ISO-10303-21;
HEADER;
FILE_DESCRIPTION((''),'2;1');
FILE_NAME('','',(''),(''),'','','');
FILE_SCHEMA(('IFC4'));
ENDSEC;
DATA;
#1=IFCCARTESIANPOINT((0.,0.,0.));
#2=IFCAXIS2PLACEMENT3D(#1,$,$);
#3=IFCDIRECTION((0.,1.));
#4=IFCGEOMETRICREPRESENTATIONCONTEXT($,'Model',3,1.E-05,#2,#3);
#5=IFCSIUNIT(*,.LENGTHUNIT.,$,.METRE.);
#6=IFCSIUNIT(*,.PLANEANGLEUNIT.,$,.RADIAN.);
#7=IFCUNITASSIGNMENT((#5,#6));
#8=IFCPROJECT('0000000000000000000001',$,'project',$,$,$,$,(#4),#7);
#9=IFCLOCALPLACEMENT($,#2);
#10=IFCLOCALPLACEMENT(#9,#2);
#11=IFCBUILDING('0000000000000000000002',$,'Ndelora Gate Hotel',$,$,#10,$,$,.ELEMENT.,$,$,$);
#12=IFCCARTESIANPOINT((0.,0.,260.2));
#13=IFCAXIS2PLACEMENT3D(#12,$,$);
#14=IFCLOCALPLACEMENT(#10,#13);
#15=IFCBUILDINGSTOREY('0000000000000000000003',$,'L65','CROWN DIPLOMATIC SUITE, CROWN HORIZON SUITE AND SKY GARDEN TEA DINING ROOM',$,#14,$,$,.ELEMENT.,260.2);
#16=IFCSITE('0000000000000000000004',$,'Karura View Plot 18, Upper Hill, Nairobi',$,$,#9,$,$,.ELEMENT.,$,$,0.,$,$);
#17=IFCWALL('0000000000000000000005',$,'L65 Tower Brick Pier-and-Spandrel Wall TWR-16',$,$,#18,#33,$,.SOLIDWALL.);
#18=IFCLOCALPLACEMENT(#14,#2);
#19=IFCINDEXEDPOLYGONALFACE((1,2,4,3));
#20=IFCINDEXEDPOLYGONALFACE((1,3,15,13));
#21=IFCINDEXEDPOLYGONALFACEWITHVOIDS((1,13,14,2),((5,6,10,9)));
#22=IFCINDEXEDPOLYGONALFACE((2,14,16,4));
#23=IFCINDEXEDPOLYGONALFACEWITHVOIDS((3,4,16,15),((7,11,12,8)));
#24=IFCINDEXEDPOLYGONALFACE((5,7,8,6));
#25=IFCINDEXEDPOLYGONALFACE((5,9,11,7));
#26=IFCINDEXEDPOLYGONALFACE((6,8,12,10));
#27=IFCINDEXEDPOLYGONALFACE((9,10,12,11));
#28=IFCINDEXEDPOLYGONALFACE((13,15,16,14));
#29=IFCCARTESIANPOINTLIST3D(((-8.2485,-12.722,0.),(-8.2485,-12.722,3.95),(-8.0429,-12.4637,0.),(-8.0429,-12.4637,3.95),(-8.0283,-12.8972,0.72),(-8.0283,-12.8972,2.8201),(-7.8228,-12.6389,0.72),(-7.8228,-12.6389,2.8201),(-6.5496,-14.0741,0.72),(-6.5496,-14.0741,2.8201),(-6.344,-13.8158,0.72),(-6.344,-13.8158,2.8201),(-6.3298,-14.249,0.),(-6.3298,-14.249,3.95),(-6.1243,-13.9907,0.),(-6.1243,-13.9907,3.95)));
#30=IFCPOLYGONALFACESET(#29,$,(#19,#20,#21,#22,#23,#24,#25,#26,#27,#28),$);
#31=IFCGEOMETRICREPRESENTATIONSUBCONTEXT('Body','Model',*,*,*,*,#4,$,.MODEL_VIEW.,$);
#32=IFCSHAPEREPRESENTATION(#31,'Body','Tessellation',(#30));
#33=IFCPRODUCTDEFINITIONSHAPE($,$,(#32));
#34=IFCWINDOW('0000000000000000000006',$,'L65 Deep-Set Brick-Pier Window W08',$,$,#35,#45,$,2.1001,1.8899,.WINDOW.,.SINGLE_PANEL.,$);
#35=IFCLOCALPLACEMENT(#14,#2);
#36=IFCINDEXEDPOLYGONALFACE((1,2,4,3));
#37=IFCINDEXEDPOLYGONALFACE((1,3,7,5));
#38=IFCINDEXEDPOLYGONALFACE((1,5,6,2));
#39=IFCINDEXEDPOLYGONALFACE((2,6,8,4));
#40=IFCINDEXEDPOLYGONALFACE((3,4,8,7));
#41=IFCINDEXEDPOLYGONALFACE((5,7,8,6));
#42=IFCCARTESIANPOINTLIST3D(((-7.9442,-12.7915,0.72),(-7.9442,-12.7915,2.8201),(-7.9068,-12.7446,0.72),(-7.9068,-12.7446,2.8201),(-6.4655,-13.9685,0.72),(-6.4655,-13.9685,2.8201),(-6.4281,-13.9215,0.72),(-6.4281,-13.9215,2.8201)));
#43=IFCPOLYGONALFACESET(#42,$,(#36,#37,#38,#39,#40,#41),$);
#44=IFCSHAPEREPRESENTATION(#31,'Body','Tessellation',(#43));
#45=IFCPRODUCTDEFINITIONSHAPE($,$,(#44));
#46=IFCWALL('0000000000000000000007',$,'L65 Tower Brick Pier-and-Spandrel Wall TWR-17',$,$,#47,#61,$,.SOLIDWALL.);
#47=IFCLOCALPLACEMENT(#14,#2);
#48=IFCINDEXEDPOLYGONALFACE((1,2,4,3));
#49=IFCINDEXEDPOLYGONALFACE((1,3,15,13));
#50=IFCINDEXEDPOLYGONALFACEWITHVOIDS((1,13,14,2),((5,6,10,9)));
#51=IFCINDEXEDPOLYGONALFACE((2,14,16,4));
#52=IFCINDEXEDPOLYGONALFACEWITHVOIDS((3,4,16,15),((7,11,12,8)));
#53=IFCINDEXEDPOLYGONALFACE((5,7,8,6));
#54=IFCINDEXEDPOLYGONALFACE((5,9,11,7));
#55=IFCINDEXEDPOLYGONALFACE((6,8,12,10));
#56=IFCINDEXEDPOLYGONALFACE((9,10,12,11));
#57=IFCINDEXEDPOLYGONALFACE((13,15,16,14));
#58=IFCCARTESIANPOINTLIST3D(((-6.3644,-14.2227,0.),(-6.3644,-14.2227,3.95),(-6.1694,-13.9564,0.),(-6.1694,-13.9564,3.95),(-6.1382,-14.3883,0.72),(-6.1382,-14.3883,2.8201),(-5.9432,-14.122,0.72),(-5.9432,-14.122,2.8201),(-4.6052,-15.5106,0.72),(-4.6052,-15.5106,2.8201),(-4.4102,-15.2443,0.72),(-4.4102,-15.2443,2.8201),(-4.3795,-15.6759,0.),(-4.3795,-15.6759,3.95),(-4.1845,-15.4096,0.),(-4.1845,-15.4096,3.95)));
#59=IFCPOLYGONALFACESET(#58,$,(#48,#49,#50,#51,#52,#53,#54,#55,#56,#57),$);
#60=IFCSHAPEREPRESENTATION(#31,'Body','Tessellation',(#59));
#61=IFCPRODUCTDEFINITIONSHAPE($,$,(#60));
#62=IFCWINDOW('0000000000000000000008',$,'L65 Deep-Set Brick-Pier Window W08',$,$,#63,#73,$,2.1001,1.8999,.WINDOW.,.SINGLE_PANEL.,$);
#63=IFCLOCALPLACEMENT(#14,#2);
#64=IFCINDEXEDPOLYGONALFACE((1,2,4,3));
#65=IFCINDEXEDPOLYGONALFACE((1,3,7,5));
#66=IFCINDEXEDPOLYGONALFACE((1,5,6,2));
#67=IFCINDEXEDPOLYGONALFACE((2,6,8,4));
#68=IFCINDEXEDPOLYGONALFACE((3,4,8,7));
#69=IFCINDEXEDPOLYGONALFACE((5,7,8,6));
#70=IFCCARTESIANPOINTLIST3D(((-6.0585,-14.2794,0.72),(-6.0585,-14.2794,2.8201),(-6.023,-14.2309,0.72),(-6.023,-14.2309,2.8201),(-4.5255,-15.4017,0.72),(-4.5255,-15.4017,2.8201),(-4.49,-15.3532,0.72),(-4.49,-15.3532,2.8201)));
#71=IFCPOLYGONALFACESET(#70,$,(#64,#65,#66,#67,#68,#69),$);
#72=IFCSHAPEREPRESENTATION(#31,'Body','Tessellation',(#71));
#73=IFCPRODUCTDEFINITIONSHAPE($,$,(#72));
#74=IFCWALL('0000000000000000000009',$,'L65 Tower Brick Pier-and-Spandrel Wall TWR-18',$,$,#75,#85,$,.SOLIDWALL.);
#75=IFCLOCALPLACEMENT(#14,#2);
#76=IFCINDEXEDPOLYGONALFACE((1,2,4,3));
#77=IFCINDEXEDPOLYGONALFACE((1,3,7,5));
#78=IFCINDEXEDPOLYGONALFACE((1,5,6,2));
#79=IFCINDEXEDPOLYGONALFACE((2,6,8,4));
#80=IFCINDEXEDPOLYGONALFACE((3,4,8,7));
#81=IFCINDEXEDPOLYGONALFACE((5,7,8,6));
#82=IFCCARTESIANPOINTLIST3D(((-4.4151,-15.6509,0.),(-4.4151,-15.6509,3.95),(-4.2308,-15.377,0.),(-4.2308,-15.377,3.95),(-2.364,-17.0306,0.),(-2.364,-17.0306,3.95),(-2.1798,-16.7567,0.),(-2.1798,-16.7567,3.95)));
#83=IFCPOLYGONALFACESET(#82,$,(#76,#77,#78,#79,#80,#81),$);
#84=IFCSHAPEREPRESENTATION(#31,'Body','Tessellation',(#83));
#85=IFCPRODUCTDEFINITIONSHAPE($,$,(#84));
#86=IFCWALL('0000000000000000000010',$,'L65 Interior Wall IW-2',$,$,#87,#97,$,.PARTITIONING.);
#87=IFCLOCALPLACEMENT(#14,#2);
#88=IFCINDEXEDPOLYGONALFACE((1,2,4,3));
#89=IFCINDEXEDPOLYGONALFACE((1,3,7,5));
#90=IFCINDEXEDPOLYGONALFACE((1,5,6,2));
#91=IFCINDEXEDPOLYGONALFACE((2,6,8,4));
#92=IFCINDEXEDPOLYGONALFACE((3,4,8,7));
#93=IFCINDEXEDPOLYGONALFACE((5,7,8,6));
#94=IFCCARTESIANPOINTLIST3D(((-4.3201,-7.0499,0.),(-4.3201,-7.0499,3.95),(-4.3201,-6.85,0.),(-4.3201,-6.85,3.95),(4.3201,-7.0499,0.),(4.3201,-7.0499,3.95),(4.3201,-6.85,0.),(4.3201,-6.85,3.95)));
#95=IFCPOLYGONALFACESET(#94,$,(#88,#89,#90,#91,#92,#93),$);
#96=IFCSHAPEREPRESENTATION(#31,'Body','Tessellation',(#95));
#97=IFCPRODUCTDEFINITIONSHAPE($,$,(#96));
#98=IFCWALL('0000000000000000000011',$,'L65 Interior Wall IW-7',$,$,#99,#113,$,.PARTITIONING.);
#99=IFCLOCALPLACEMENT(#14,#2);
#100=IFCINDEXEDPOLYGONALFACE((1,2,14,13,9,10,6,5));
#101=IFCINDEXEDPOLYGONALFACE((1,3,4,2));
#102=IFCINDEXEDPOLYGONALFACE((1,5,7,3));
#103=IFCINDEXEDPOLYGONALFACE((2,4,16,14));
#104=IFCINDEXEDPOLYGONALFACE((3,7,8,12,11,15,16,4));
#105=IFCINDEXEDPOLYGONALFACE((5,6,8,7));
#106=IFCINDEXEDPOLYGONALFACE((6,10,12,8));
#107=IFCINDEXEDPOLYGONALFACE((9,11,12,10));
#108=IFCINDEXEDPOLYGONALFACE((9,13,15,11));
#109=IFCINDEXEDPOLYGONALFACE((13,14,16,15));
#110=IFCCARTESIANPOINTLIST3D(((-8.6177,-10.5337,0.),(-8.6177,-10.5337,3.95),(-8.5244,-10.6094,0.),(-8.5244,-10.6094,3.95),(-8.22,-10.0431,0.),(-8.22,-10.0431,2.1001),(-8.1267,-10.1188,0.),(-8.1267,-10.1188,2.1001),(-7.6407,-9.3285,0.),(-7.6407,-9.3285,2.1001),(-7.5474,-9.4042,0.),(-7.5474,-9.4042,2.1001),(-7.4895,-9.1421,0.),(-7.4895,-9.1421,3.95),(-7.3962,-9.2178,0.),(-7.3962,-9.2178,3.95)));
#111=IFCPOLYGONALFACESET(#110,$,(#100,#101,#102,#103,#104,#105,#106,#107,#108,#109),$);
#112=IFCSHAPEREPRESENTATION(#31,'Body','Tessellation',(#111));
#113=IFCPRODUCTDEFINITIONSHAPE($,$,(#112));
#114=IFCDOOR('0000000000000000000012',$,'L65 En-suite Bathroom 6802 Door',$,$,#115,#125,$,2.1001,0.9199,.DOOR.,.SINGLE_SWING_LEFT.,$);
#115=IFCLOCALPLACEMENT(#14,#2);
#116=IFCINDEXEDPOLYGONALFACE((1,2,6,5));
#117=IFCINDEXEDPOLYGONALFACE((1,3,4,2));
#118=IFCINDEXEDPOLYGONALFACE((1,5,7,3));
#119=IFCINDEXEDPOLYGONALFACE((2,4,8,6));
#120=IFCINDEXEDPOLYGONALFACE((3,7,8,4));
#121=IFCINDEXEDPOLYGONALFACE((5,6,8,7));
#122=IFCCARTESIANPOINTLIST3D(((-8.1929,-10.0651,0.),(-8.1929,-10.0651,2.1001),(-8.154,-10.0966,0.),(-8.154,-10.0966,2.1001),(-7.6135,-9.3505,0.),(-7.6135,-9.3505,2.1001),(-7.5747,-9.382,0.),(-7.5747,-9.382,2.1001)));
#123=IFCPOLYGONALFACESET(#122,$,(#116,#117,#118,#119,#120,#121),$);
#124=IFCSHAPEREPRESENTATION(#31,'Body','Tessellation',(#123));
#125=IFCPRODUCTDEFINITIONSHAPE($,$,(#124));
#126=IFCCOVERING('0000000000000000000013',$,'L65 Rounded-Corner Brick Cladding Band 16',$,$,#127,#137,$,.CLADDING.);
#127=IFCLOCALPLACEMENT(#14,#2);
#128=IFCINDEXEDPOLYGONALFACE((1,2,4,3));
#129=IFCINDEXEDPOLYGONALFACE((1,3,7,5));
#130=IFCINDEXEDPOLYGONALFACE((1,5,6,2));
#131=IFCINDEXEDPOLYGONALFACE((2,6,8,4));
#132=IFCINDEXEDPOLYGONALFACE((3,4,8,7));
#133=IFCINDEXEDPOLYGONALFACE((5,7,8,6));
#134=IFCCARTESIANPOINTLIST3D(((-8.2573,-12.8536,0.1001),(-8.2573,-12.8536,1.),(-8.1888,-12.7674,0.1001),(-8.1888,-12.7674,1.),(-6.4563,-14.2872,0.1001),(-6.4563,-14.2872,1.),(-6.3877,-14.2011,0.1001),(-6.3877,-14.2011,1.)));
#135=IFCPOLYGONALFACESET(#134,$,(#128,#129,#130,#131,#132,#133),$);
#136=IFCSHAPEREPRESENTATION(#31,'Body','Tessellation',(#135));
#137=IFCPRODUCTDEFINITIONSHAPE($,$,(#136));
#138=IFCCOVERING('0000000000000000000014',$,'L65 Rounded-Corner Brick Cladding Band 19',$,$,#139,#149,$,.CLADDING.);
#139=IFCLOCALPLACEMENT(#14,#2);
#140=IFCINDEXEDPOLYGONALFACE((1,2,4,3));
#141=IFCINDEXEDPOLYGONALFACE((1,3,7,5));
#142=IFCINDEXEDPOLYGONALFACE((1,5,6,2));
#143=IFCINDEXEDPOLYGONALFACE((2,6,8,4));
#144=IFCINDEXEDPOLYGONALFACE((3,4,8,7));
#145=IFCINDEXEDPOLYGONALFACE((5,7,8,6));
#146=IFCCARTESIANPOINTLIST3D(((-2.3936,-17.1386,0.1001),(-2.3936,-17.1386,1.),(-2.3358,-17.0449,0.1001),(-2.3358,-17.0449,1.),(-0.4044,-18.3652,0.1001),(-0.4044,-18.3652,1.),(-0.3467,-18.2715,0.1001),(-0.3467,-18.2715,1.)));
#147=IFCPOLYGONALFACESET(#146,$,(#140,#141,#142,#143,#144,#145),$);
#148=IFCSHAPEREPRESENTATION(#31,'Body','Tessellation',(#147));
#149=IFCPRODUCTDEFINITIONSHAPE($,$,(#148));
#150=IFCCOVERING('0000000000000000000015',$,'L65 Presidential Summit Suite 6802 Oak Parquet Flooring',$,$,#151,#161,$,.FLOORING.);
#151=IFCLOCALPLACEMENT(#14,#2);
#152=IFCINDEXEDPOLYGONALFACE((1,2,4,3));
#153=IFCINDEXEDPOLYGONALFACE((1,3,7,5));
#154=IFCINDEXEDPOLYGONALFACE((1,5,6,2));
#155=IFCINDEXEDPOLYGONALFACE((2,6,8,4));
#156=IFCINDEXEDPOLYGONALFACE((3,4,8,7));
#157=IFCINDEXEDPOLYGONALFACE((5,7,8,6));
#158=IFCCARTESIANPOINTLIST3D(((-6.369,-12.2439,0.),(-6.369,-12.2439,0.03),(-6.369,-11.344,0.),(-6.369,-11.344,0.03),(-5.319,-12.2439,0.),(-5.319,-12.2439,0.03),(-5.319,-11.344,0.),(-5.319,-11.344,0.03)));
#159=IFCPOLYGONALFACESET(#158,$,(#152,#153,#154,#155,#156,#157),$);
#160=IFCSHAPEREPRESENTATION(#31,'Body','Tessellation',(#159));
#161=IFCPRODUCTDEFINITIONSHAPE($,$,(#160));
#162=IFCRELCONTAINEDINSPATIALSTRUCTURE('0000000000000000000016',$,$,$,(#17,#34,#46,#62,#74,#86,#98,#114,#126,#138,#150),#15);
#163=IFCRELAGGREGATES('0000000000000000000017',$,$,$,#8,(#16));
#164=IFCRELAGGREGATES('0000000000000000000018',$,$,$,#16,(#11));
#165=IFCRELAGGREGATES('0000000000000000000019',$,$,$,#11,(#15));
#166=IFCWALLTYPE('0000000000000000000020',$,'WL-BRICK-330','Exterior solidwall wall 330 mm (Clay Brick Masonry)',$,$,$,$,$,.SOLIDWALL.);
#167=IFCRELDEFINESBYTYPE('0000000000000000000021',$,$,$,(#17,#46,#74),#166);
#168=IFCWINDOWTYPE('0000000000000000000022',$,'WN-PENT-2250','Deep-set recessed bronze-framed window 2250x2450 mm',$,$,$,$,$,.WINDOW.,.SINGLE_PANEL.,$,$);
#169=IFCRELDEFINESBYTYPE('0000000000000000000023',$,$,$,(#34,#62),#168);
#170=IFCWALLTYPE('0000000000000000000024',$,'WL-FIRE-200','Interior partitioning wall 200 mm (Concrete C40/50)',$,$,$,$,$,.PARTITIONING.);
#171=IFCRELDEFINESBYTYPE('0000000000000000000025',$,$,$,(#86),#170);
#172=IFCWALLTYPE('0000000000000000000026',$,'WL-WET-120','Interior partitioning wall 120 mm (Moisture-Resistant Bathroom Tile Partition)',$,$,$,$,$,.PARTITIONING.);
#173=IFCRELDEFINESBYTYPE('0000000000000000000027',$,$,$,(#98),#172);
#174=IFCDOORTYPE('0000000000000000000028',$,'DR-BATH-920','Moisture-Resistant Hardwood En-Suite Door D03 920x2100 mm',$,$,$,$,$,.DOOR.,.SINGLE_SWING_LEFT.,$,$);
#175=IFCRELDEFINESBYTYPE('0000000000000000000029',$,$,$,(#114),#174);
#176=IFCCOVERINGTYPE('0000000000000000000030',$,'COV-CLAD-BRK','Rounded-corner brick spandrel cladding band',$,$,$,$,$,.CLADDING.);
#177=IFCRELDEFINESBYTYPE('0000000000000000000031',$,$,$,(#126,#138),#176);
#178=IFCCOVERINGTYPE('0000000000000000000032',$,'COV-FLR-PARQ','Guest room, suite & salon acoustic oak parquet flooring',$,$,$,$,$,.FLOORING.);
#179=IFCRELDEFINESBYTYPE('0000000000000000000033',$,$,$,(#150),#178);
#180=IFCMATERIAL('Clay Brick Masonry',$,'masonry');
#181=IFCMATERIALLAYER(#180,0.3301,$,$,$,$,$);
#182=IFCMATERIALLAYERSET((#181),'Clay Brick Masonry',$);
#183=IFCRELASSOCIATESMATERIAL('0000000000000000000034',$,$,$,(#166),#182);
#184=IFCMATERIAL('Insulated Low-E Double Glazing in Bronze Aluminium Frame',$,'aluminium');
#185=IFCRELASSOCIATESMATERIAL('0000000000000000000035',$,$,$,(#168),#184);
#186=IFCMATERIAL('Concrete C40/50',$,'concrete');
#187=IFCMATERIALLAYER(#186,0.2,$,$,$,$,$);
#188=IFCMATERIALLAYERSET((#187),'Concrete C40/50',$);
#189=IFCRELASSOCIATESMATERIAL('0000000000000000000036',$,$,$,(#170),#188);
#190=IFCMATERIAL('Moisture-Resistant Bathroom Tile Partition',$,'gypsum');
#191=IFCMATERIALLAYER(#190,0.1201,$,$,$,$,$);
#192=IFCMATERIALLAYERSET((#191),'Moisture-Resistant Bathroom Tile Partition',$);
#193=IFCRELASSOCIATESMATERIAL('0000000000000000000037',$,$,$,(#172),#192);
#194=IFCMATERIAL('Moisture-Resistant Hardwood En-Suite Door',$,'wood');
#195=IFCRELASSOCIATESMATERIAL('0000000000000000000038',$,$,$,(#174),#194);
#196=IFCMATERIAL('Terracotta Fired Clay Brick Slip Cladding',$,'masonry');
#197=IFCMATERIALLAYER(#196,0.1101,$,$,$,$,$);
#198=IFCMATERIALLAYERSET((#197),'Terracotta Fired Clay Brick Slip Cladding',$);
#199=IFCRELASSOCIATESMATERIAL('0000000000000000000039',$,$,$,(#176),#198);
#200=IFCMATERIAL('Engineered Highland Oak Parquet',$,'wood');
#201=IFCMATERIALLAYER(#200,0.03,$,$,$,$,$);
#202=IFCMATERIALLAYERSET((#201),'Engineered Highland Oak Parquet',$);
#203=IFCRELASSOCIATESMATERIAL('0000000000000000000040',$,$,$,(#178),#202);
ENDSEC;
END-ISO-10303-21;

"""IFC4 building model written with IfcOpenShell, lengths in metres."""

from ifc_helpers import new_model, si_unit, direction, frame, frame_2d, origin, origin_2d, place, context, subcontext, project, spatial, rectangle, extrude, material, layer, layer_set, type_object, element, fill, save


model = new_model("IFC4")

# Units and contexts
model_context = context("Model", 3, precision=1e-05, world=origin(), true_north=direction((0.0, 1.0)))
body_context = subcontext(model_context, "Body", "Model", "MODEL_VIEW")
ifc_project = project(units=[si_unit("LENGTHUNIT", "METRE"), si_unit("PLANEANGLEUNIT", "RADIAN")], contexts=[model_context])

# Site, building, storey
site_placement = place(None, origin())
site = spatial("IfcSite", under=ifc_project, at=site_placement, Name="Karura View Plot 18, Upper Hill, Nairobi", CompositionType="ELEMENT", RefElevation=0.0)
building_placement = place(site_placement, origin())
building = spatial("IfcBuilding", under=site, at=building_placement, Name="Ndelora Gate Hotel", CompositionType="ELEMENT")
storey_placement = place(building_placement, frame((0.0, 0.0, 260.2)))
storey = spatial("IfcBuildingStorey", under=building, at=storey_placement, Name="L65", Description="CROWN DIPLOMATIC SUITE, CROWN HORIZON SUITE AND SKY GARDEN TEA DINING ROOM", CompositionType="ELEMENT", Elevation=260.2)

# Walls, openings, windows
ifc_material_1 = material(Name="Clay Brick Masonry", Category="masonry")
ifc_layer_1 = layer(ifc_material_1, 0.3301)
ifc_layer_set_1 = layer_set([ifc_layer_1], Name="Clay Brick Masonry")
wall_type_1 = type_object("IfcWallType", Name="WL-BRICK-330", Description="Exterior solidwall wall 330 mm (Clay Brick Masonry)", PredefinedType="SOLIDWALL", material=ifc_layer_set_1)
wall_1_placement = place(storey_placement, frame((-6.2271, -14.1199, 0.0), z_axis=(0.0, 0.0, 1.0), x_axis=(-0.78243, 0.622738, 0.0)))
wall_1 = element("IfcWall", 1, at=wall_1_placement, inside=storey, type_object=wall_type_1, Name="L65 Tower Brick Pier-and-Spandrel Wall TWR-16", PredefinedType="SOLIDWALL", context=body_context, shape_type="SweptSolid", body=[
    extrude(rectangle(XDim=2.4521, YDim=0.3301, at=frame_2d((1.2261, 0.0))), origin(), (0.0, 0.0, 1.0), 3.95),
])
opening_1_placement = place(wall_1_placement, frame((0.281, 0.0, 0.72)))
opening_1 = element("IfcOpeningElement", 2, at=opening_1_placement, cuts=wall_1, PredefinedType="OPENING", context=body_context, shape_type="SweptSolid", body=[
    extrude(rectangle(XDim=1.8899, YDim=2.1001, at=frame_2d((0.9448, 1.05))), frame((0.0, 0.175, 0.0), z_axis=(0.0, -1.0, 0.0), x_axis=(1.0, 0.0, 0.0)), (0.0, 0.0, 1.0), 0.3501),
])
ifc_material_2 = material(Name="Insulated Low-E Double Glazing in Bronze Aluminium Frame", Category="aluminium")
window_type = type_object("IfcWindowType", Name="WN-PENT-2250", Description="Deep-set recessed bronze-framed window 2250x2450 mm", PartitioningType="SINGLE_PANEL", PredefinedType="WINDOW", material=ifc_material_2)
window_1_placement = place(opening_1_placement, origin())
window_1 = element("IfcWindow", 3, at=window_1_placement, inside=storey, type_object=window_type, Name="L65 Deep-Set Brick-Pier Window W08", OverallHeight=2.1001, OverallWidth=1.8899, PartitioningType="SINGLE_PANEL", PredefinedType="WINDOW", context=body_context, shape_type="SweptSolid", body=[
    extrude(rectangle(XDim=1.8899, YDim=2.1001, at=frame_2d((0.9448, 1.05))), frame((0.0, 0.03, 0.0), z_axis=(0.0, -1.0, 0.0), x_axis=(1.0, 0.0, 0.0)), (0.0, 0.0, 1.0), 0.0601),
])
fill(opening_1, window_1)
wall_2_placement = place(storey_placement, frame((-4.282, -15.5427, 0.0), z_axis=(0.0, 0.0, 1.0), x_axis=(-0.806878, 0.590718, 0.0)))
wall_2 = element("IfcWall", 4, at=wall_2_placement, inside=storey, type_object=wall_type_1, Name="L65 Tower Brick Pier-and-Spandrel Wall TWR-17", PredefinedType="SOLIDWALL", context=body_context, shape_type="SweptSolid", body=[
    extrude(rectangle(XDim=2.46, YDim=0.3301, at=frame_2d((1.23, 0.0))), origin(), (0.0, 0.0, 1.0), 3.95),
])
opening_2_placement = place(wall_2_placement, frame((0.2798, 0.0, 0.72)))
opening_2 = element("IfcOpeningElement", 5, at=opening_2_placement, cuts=wall_2, PredefinedType="OPENING", context=body_context, shape_type="SweptSolid", body=[
    extrude(rectangle(XDim=1.8999, YDim=2.1001, at=frame_2d((0.95, 1.05))), frame((0.0, 0.175, 0.0), z_axis=(0.0, -1.0, 0.0), x_axis=(1.0, 0.0, 0.0)), (0.0, 0.0, 1.0), 0.3501),
])
window_2_placement = place(opening_2_placement, origin())
window_2 = element("IfcWindow", 6, at=window_2_placement, inside=storey, type_object=window_type, Name="L65 Deep-Set Brick-Pier Window W08", OverallHeight=2.1001, OverallWidth=1.8999, PartitioningType="SINGLE_PANEL", PredefinedType="WINDOW", context=body_context, shape_type="SweptSolid", body=[
    extrude(rectangle(XDim=1.8999, YDim=2.1001, at=frame_2d((0.95, 1.05))), frame((0.0, 0.03, 0.0), z_axis=(0.0, -1.0, 0.0), x_axis=(1.0, 0.0, 0.0)), (0.0, 0.0, 1.0), 0.0601),
])
fill(opening_2, window_2)

# Walls
wall_3_placement = place(storey_placement, frame((-2.272, -16.8936, 0.0), z_axis=(0.0, 0.0, 1.0), x_axis=(-0.829749, 0.558137, 0.0)))
element("IfcWall", 7, at=wall_3_placement, inside=storey, type_object=wall_type_1, Name="L65 Tower Brick Pier-and-Spandrel Wall TWR-18", PredefinedType="SOLIDWALL", context=body_context, shape_type="SweptSolid", body=[
    extrude(rectangle(XDim=2.4719, YDim=0.3301, at=frame_2d((1.2358, 0.0))), origin(), (0.0, 0.0, 1.0), 3.95),
])
ifc_material_3 = material(Name="Concrete C40/50", Category="concrete")
ifc_layer_2 = layer(ifc_material_3, 0.2)
ifc_layer_set_2 = layer_set([ifc_layer_2], Name="Concrete C40/50")
wall_type_2 = type_object("IfcWallType", Name="WL-FIRE-200", Description="Interior partitioning wall 200 mm (Concrete C40/50)", PredefinedType="PARTITIONING", material=ifc_layer_set_2)
wall_4_placement = place(storey_placement, frame((-4.3201, -6.95, 0.0), z_axis=(0.0, 0.0, 1.0), x_axis=(1.0, 0.0, 0.0)))
element("IfcWall", 8, at=wall_4_placement, inside=storey, type_object=wall_type_2, Name="L65 Interior Wall IW-2", PredefinedType="PARTITIONING", context=body_context, shape_type="SweptSolid", body=[
    extrude(rectangle(XDim=8.6401, YDim=0.2, at=frame_2d((4.3201, 0.0))), origin(), (0.0, 0.0, 1.0), 3.95),
])

# Wall, opening, door
ifc_material_4 = material(Name="Moisture-Resistant Bathroom Tile Partition", Category="gypsum")
ifc_layer_3 = layer(ifc_material_4, 0.1201)
ifc_layer_set_3 = layer_set([ifc_layer_3], Name="Moisture-Resistant Bathroom Tile Partition")
wall_type_3 = type_object("IfcWallType", Name="WL-WET-120", Description="Interior partitioning wall 120 mm (Moisture-Resistant Bathroom Tile Partition)", PredefinedType="PARTITIONING", material=ifc_layer_set_3)
wall_5_placement = place(storey_placement, frame((-7.4429, -9.1799, 0.0), z_axis=(0.0, 0.0, 1.0), x_axis=(-0.629751, -0.776797, 0.0)))
wall_5 = element("IfcWall", 9, at=wall_5_placement, inside=storey, type_object=wall_type_3, Name="L65 Interior Wall IW-7", PredefinedType="PARTITIONING", context=body_context, shape_type="SweptSolid", body=[
    extrude(rectangle(XDim=1.7915, YDim=0.1201, at=frame_2d((0.8958, 0.0))), origin(), (0.0, 0.0, 1.0), 3.95),
])
opening_3_placement = place(wall_5_placement, frame((0.24, 0.0, 0.0)))
opening_3 = element("IfcOpeningElement", 10, at=opening_3_placement, cuts=wall_5, PredefinedType="OPENING", context=body_context, shape_type="SweptSolid", body=[
    extrude(rectangle(XDim=0.9199, YDim=2.1001, at=frame_2d((0.46, 1.05))), frame((0.0, 0.0701, 0.0), z_axis=(0.0, -1.0, 0.0), x_axis=(1.0, 0.0, 0.0)), (0.0, 0.0, 1.0), 0.1401),
])
ifc_material_5 = material(Name="Moisture-Resistant Hardwood En-Suite Door", Category="wood")
door_type = type_object("IfcDoorType", Name="DR-BATH-920", Description="Moisture-Resistant Hardwood En-Suite Door D03 920x2100 mm", OperationType="SINGLE_SWING_LEFT", PredefinedType="DOOR", material=ifc_material_5)
door_placement = place(opening_3_placement, origin())
door = element("IfcDoor", 11, at=door_placement, inside=storey, type_object=door_type, Name="L65 En-suite Bathroom 6802 Door", OperationType="SINGLE_SWING_LEFT", OverallHeight=2.1001, OverallWidth=0.9199, PredefinedType="DOOR", context=body_context, shape_type="SweptSolid", body=[
    extrude(rectangle(XDim=0.9199, YDim=2.1001, at=frame_2d((0.46, 1.05))), frame((0.0, 0.0249, 0.0), z_axis=(0.0, -1.0, 0.0), x_axis=(1.0, 0.0, 0.0)), (0.0, 0.0, 1.0), 0.05),
])
fill(opening_3, door)

# Coverings
ifc_material_6 = material(Name="Terracotta Fired Clay Brick Slip Cladding", Category="masonry")
ifc_layer_4 = layer(ifc_material_6, 0.1101)
ifc_layer_set_4 = layer_set([ifc_layer_4], Name="Terracotta Fired Clay Brick Slip Cladding")
covering_type_1 = type_object("IfcCoveringType", Name="COV-CLAD-BRK", Description="Rounded-corner brick spandrel cladding band", PredefinedType="CLADDING", material=ifc_layer_set_4)
covering_1_placement = place(storey_placement, frame((-7.3225, -13.5273, 0.1001), z_axis=(0.0, 0.0, 1.0), x_axis=(-0.782391, 0.622788, 0.0)))
element("IfcCovering", 12, at=covering_1_placement, inside=storey, type_object=covering_type_1, Name="L65 Rounded-Corner Brick Cladding Band 16", PredefinedType="CLADDING", context=body_context, shape_type="SweptSolid", body=[
    extrude(rectangle(XDim=2.302, YDim=0.1101, at=origin_2d()), origin(), (0.0, 0.0, 1.0), 0.8999),
])
covering_2_placement = place(storey_placement, frame((-1.3701, -17.7051, 0.1001), z_axis=(0.0, 0.0, 1.0), x_axis=(-0.851178, 0.524878, 0.0)))
element("IfcCovering", 13, at=covering_2_placement, inside=storey, type_object=covering_type_1, Name="L65 Rounded-Corner Brick Cladding Band 19", PredefinedType="CLADDING", context=body_context, shape_type="SweptSolid", body=[
    extrude(rectangle(XDim=2.3369, YDim=0.1101, at=origin_2d()), origin(), (0.0, 0.0, 1.0), 0.8999),
])
ifc_material_7 = material(Name="Engineered Highland Oak Parquet", Category="wood")
ifc_layer_5 = layer(ifc_material_7, 0.03)
ifc_layer_set_5 = layer_set([ifc_layer_5], Name="Engineered Highland Oak Parquet")
covering_type_2 = type_object("IfcCoveringType", Name="COV-FLR-PARQ", Description="Guest room, suite & salon acoustic oak parquet flooring", PredefinedType="FLOORING", material=ifc_layer_set_5)
covering_3_placement = place(storey_placement, frame((-5.844, -11.7939, 0.0), z_axis=(0.0, 0.0, 1.0), x_axis=(1.0, 0.0, 0.0)))
element("IfcCovering", 14, at=covering_3_placement, inside=storey, type_object=covering_type_2, Name="L65 Presidential Summit Suite 6802 Oak Parquet Flooring", PredefinedType="FLOORING", context=body_context, shape_type="SweptSolid", body=[
    extrude(rectangle(XDim=1.05, YDim=0.8999, at=origin_2d()), origin(), (0.0, 0.0, 1.0), 0.03),
])

save(model, "model.ifc")
